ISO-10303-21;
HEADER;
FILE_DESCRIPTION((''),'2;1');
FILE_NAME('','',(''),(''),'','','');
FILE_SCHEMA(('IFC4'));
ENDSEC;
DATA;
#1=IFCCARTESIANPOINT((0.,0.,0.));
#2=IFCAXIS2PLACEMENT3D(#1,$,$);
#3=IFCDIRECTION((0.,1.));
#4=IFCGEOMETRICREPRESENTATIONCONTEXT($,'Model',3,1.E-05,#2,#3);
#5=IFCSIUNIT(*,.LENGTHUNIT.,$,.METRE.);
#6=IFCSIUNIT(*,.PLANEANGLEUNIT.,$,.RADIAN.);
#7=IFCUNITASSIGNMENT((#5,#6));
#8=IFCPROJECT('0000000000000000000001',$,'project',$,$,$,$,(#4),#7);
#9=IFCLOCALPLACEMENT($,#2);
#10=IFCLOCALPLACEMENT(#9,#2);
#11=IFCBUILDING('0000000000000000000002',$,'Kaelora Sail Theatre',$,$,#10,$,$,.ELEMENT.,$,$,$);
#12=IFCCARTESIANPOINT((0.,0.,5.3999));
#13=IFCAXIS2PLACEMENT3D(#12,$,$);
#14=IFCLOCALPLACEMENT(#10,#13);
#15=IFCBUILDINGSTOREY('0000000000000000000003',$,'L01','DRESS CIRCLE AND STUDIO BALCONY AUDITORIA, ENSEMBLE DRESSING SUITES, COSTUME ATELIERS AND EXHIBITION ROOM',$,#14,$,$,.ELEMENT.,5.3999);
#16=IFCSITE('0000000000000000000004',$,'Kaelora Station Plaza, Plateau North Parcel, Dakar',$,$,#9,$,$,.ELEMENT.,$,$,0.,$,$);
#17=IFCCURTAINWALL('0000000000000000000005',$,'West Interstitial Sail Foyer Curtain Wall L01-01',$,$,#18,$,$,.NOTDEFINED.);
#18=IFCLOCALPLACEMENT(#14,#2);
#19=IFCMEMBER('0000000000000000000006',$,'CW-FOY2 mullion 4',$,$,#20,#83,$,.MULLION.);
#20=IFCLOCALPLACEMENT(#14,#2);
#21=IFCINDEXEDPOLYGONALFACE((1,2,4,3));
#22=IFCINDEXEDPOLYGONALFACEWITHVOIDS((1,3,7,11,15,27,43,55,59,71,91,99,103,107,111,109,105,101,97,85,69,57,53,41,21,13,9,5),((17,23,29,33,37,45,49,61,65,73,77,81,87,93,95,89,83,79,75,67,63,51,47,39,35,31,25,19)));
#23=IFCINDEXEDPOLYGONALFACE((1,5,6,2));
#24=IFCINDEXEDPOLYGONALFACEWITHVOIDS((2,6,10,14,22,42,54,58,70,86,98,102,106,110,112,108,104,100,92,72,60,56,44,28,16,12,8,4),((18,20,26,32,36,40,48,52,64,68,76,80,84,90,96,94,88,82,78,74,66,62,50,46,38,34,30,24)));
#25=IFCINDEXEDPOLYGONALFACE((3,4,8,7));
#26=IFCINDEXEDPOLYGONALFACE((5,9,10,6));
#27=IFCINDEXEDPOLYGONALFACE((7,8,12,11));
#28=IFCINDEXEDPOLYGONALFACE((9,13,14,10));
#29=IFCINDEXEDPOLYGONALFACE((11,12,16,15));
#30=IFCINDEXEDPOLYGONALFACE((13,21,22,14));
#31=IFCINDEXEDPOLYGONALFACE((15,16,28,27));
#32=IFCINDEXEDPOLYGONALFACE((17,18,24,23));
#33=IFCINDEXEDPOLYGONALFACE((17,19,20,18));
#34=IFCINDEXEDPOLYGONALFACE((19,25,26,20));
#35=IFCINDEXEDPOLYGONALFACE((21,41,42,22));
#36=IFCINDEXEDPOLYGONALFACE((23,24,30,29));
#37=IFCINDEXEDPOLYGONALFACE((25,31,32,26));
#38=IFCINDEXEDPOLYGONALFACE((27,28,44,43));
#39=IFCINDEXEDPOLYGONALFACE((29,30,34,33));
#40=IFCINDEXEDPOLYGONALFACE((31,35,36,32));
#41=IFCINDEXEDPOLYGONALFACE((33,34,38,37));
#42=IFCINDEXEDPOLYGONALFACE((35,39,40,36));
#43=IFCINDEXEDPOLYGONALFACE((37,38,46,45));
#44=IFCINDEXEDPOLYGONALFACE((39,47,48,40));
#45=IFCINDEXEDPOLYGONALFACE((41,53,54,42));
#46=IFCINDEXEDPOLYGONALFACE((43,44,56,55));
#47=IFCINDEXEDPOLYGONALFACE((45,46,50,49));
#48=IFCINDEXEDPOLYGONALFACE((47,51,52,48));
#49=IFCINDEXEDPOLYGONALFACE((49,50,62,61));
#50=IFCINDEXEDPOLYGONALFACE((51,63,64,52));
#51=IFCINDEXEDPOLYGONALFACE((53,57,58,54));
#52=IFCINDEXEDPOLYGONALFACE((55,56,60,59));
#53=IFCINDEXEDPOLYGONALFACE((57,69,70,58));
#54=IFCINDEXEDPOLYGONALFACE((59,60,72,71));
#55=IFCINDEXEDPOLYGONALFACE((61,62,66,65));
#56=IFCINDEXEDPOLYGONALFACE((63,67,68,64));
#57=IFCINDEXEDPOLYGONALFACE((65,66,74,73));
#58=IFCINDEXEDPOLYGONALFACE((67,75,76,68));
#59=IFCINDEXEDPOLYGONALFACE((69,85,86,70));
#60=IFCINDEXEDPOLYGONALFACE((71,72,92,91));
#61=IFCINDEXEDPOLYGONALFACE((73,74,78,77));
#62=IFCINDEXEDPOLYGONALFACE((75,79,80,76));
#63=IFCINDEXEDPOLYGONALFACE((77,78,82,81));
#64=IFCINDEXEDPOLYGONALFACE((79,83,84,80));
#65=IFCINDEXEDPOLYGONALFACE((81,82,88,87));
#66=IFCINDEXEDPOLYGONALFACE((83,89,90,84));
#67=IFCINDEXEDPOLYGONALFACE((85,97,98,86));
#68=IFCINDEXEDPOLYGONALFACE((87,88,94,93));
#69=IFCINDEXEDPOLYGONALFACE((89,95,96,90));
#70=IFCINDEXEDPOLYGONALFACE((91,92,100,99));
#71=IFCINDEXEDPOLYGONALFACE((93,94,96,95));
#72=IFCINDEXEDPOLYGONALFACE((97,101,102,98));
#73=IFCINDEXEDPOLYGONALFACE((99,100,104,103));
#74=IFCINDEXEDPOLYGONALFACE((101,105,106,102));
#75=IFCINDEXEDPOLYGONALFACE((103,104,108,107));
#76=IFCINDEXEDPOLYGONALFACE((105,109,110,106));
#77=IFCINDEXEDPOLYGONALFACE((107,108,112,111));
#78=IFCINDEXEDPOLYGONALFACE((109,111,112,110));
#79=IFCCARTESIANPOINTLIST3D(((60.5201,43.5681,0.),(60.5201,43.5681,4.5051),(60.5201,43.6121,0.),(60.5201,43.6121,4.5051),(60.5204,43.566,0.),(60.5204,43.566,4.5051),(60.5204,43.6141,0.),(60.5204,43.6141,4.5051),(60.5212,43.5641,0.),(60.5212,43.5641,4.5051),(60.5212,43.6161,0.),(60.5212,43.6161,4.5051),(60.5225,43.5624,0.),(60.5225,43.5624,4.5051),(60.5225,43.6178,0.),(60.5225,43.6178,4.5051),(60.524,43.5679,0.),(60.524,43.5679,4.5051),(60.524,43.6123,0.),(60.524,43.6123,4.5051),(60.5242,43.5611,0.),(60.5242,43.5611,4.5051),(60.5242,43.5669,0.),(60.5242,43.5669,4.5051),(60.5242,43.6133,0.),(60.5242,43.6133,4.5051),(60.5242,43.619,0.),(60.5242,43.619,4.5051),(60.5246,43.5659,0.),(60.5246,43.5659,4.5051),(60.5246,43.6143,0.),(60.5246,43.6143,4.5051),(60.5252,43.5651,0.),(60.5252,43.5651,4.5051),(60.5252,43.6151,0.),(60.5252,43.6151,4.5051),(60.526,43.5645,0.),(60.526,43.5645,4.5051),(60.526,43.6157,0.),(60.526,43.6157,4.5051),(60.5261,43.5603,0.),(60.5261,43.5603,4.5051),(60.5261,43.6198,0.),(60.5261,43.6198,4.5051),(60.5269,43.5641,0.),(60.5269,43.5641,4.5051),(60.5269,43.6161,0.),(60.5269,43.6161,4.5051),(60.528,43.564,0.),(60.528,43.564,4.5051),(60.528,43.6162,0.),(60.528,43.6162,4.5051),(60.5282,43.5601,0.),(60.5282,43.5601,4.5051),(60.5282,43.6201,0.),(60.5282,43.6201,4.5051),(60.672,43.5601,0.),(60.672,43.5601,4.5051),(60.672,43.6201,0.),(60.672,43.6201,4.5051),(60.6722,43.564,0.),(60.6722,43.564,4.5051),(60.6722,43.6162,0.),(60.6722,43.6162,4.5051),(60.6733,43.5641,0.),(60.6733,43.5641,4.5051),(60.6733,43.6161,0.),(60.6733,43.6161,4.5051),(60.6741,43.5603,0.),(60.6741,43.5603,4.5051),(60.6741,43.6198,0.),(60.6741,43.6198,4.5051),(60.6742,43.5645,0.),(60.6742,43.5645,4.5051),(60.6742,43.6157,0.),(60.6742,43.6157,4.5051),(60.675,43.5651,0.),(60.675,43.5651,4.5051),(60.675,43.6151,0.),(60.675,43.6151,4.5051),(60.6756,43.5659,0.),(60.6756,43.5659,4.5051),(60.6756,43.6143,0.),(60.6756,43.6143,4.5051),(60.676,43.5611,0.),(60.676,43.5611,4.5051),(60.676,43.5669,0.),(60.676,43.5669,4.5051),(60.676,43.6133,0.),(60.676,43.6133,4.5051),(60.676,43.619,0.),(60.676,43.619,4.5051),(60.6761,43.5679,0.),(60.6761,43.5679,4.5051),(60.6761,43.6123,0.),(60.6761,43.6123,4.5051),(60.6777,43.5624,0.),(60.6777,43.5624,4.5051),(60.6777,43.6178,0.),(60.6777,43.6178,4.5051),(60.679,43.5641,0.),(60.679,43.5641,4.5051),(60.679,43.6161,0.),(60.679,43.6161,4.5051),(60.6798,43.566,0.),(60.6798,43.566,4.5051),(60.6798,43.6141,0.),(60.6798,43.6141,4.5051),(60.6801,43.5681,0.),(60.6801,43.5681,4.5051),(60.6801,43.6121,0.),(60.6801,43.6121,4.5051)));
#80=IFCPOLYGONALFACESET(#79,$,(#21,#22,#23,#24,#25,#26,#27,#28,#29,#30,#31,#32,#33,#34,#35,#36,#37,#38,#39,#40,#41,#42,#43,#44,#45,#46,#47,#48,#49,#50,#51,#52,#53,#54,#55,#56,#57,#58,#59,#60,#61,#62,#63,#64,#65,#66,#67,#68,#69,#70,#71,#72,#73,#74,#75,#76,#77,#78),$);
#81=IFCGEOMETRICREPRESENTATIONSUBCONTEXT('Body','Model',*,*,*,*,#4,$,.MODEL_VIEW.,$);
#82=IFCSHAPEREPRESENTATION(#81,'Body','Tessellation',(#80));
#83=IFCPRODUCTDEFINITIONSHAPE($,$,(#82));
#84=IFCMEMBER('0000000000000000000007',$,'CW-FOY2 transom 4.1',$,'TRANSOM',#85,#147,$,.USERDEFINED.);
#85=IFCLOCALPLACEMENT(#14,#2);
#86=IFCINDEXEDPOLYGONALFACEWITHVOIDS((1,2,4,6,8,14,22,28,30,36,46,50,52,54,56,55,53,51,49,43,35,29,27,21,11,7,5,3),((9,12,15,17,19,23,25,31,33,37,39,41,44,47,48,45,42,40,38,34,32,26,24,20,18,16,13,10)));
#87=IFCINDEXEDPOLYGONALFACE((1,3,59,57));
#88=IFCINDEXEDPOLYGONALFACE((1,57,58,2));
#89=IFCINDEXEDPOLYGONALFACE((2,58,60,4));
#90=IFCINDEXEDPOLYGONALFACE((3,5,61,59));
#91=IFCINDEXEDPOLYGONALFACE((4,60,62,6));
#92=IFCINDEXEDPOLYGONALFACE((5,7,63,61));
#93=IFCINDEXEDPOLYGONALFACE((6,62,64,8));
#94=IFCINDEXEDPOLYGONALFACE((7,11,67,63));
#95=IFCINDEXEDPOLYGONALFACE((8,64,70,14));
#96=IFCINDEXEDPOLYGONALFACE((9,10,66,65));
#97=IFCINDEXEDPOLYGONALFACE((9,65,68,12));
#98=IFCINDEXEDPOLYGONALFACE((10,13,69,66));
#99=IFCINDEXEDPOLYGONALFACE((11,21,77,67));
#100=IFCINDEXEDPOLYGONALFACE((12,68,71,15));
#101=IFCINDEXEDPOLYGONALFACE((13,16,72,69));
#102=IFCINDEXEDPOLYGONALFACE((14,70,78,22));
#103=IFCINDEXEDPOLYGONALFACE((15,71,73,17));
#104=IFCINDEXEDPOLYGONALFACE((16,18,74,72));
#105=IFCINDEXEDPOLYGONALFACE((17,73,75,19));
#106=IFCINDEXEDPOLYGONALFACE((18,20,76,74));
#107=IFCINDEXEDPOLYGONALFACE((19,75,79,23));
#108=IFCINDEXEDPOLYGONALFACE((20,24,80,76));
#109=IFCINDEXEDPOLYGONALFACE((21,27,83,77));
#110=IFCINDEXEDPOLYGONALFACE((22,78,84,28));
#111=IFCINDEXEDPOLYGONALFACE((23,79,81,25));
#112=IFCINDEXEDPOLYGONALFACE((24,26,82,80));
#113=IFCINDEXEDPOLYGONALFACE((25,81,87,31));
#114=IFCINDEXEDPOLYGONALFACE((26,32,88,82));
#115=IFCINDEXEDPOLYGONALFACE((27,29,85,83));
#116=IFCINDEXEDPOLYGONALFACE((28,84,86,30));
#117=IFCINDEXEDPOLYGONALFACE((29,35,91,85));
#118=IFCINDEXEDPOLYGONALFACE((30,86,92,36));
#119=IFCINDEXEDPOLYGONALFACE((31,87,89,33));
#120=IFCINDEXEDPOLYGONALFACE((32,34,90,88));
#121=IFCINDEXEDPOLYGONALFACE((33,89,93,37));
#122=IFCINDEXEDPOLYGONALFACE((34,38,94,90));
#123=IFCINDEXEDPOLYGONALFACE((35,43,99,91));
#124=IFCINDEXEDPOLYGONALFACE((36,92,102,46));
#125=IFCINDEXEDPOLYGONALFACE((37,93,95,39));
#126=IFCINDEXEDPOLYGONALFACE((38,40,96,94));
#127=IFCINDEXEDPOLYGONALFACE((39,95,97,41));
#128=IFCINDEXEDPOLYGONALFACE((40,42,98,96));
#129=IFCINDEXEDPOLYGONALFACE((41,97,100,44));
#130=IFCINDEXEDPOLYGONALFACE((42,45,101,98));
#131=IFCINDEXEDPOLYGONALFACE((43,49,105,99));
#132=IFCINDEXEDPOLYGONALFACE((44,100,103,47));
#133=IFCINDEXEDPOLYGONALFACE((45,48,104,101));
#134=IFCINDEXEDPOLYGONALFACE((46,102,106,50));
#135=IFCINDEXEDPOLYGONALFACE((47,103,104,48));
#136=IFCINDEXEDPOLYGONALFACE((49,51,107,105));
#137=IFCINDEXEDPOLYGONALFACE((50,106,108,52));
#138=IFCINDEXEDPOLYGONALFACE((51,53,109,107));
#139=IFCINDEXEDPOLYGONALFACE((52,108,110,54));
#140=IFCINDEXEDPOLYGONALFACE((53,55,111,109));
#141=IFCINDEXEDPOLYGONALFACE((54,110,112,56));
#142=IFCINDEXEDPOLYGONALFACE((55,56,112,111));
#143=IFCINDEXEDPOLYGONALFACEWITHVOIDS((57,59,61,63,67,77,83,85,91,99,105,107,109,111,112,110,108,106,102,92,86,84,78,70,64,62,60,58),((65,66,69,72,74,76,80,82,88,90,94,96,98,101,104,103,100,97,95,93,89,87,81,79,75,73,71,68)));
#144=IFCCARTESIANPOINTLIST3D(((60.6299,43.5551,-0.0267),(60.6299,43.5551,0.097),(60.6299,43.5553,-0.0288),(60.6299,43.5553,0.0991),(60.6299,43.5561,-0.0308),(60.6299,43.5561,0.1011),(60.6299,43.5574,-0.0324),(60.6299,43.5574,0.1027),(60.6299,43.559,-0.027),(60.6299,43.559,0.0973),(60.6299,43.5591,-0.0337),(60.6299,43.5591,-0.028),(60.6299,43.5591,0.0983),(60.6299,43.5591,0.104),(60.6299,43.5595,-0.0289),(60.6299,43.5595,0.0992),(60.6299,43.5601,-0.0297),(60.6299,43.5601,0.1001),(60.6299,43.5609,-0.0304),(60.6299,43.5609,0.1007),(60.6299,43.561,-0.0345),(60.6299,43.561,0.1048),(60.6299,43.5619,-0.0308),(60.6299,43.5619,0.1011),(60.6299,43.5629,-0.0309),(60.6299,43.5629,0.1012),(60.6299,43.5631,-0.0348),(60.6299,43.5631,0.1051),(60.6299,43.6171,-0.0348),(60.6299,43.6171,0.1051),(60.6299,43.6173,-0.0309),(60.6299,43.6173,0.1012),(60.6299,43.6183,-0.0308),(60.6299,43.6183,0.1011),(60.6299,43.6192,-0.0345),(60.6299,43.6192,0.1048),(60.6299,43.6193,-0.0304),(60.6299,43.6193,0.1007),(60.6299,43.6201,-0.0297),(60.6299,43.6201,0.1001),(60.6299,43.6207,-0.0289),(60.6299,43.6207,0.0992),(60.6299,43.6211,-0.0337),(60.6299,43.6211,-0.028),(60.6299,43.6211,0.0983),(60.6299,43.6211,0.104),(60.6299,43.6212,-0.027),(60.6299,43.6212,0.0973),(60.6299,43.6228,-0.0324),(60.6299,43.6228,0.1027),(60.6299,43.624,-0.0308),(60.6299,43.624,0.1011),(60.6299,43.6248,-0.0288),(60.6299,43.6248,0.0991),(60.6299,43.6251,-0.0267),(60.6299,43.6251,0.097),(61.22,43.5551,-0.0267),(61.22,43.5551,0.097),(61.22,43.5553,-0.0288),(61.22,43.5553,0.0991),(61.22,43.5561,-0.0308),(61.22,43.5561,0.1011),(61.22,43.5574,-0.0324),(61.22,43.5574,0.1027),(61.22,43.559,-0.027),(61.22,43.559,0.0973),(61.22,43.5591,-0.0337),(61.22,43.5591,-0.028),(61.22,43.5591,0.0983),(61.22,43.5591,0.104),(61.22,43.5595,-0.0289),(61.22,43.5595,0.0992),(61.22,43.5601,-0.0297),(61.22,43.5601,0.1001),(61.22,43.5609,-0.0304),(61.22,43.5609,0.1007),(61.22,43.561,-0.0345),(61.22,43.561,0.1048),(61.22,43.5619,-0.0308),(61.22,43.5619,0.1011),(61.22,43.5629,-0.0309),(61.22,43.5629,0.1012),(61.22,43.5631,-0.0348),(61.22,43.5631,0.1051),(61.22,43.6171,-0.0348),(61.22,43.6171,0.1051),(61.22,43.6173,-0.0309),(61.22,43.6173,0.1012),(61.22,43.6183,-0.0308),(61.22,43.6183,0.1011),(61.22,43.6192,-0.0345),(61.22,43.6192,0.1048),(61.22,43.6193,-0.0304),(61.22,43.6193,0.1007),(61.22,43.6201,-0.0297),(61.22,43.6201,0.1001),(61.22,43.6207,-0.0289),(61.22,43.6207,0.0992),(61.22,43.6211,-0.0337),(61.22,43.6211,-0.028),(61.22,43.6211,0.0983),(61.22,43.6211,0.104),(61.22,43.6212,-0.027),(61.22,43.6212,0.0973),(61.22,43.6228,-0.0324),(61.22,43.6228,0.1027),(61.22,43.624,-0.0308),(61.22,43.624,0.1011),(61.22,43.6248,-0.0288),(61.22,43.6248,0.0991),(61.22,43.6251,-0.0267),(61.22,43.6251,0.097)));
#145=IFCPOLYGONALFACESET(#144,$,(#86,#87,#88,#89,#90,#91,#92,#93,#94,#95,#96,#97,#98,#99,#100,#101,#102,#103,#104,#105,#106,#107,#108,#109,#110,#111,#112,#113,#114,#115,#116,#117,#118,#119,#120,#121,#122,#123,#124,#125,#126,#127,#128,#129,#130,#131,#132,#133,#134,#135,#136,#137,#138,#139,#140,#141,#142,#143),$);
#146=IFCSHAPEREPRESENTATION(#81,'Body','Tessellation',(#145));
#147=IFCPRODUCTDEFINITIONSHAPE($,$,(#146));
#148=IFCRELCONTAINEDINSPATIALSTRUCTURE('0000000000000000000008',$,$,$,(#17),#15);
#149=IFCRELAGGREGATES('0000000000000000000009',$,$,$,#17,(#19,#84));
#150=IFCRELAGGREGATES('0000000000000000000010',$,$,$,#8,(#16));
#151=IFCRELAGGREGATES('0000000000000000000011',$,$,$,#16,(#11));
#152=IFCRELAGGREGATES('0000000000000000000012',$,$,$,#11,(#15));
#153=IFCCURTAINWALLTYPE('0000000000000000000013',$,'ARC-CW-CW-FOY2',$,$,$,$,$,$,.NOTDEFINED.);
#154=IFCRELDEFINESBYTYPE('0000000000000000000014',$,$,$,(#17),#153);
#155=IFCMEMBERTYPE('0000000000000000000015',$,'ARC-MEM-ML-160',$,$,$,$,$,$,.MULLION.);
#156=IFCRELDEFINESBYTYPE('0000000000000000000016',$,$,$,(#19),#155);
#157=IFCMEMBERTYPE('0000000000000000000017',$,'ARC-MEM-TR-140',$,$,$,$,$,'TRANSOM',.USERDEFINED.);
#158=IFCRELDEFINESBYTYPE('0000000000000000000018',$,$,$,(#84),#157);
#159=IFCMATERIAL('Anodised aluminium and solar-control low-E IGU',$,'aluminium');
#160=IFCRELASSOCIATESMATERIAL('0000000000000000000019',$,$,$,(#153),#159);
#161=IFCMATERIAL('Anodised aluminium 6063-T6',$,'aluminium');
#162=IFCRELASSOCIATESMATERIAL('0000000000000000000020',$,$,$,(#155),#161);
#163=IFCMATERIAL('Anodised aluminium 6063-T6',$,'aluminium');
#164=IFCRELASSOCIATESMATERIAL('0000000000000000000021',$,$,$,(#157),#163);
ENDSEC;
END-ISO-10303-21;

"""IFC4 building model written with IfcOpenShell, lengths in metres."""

from ifc_helpers import new_model, si_unit, direction, frame, origin, origin_2d, place, context, subcontext, project, spatial, hollow_rectangle, extrude, material, material_profile, profile_set, type_object, element, aggregate, save


model = new_model("IFC4")

# Units and contexts
model_context = context("Model", 3, precision=1e-05, world=origin(), true_north=direction((0.0, 1.0)))
body_context = subcontext(model_context, "Body", "Model", "MODEL_VIEW")
ifc_project = project(units=[si_unit("LENGTHUNIT", "METRE"), si_unit("PLANEANGLEUNIT", "RADIAN")], contexts=[model_context])

# Site, building, storey
site_placement = place(None, origin())
site = spatial("IfcSite", under=ifc_project, at=site_placement, Name="Kaelora Station Plaza, Plateau North Parcel, Dakar", CompositionType="ELEMENT", RefElevation=0.0)
building_placement = place(site_placement, origin())
building = spatial("IfcBuilding", under=site, at=building_placement, Name="Kaelora Sail Theatre", CompositionType="ELEMENT")
storey_placement = place(building_placement, frame((0.0, 0.0, 5.3999)))
storey = spatial("IfcBuildingStorey", under=building, at=storey_placement, Name="L01", Description="DRESS CIRCLE AND STUDIO BALCONY AUDITORIA, ENSEMBLE DRESSING SUITES, COSTUME ATELIERS AND EXHIBITION ROOM", CompositionType="ELEMENT", Elevation=5.3999)

# Curtain wall, members
ifc_material_1 = material(Name="Anodised aluminium and solar-control low-E IGU", Category="aluminium")
curtain_wall_type = type_object("IfcCurtainWallType", Name="ARC-CW-CW-FOY2", PredefinedType="NOTDEFINED", material=ifc_material_1)
curtain_wall_placement = place(storey_placement, origin())
curtain_wall = element("IfcCurtainWall", 1, at=curtain_wall_placement, inside=storey, type_object=curtain_wall_type, Name="West Interstitial Sail Foyer Curtain Wall L01-01", PredefinedType="NOTDEFINED")
ifc_material_2 = material(Name="Anodised aluminium 6063-T6", Category="aluminium")
ifc_material_profile_1 = material_profile(ifc_material_2, hollow_rectangle(XDim=0.0601, YDim=0.1599, WallThickness=0.0039, InnerFilletRadius=0.0039, OuterFilletRadius=0.0081, at=origin_2d()), Name="ALU-MULL 60x160x4")
ifc_profile_set_1 = profile_set([ifc_material_profile_1], Name="Anodised aluminium 6063-T6")
member_type_1 = type_object("IfcMemberType", Name="ARC-MEM-ML-160", PredefinedType="MULLION", material=ifc_profile_set_1)
member_1_placement = place(storey_placement, frame((60.6001, 43.5901, 0.0), z_axis=(0.0, 0.0, 1.0), x_axis=(0.0, 1.0, 0.0)))
member_1 = element("IfcMember", 2, at=member_1_placement, type_object=member_type_1, Name="CW-FOY2 mullion 4", PredefinedType="MULLION", context=body_context, shape_type="SweptSolid", body=[
    extrude(hollow_rectangle(XDim=0.0601, YDim=0.1599, WallThickness=0.0039, InnerFilletRadius=0.0039, OuterFilletRadius=0.0081, at=origin_2d()), origin(), (0.0, 0.0, 1.0), 4.5051),
])
ifc_material_3 = material(Name="Anodised aluminium 6063-T6", Category="aluminium")
ifc_material_profile_2 = material_profile(ifc_material_3, hollow_rectangle(XDim=0.0701, YDim=0.1399, WallThickness=0.0039, InnerFilletRadius=0.0039, OuterFilletRadius=0.0081, at=origin_2d()), Name="ALU-TRAN 70x140x4")
ifc_profile_set_2 = profile_set([ifc_material_profile_2], Name="Anodised aluminium 6063-T6")
member_type_2 = type_object("IfcMemberType", Name="ARC-MEM-TR-140", ElementType="TRANSOM", PredefinedType="USERDEFINED", material=ifc_profile_set_2)
member_2_placement = place(storey_placement, frame((60.6299, 43.5901, 0.0352), z_axis=(1.0, 0.0, 0.0), x_axis=(0.0, 1.0, 0.0)))
member_2 = element("IfcMember", 3, at=member_2_placement, type_object=member_type_2, Name="CW-FOY2 transom 4.1", ObjectType="TRANSOM", PredefinedType="USERDEFINED", context=body_context, shape_type="SweptSolid", body=[
    extrude(hollow_rectangle(XDim=0.0701, YDim=0.1399, WallThickness=0.0039, InnerFilletRadius=0.0039, OuterFilletRadius=0.0081, at=origin_2d()), origin(), (0.0, 0.0, 1.0), 0.5901),
])

aggregate(curtain_wall, [member_1, member_2])

save(model, "model.ifc")
